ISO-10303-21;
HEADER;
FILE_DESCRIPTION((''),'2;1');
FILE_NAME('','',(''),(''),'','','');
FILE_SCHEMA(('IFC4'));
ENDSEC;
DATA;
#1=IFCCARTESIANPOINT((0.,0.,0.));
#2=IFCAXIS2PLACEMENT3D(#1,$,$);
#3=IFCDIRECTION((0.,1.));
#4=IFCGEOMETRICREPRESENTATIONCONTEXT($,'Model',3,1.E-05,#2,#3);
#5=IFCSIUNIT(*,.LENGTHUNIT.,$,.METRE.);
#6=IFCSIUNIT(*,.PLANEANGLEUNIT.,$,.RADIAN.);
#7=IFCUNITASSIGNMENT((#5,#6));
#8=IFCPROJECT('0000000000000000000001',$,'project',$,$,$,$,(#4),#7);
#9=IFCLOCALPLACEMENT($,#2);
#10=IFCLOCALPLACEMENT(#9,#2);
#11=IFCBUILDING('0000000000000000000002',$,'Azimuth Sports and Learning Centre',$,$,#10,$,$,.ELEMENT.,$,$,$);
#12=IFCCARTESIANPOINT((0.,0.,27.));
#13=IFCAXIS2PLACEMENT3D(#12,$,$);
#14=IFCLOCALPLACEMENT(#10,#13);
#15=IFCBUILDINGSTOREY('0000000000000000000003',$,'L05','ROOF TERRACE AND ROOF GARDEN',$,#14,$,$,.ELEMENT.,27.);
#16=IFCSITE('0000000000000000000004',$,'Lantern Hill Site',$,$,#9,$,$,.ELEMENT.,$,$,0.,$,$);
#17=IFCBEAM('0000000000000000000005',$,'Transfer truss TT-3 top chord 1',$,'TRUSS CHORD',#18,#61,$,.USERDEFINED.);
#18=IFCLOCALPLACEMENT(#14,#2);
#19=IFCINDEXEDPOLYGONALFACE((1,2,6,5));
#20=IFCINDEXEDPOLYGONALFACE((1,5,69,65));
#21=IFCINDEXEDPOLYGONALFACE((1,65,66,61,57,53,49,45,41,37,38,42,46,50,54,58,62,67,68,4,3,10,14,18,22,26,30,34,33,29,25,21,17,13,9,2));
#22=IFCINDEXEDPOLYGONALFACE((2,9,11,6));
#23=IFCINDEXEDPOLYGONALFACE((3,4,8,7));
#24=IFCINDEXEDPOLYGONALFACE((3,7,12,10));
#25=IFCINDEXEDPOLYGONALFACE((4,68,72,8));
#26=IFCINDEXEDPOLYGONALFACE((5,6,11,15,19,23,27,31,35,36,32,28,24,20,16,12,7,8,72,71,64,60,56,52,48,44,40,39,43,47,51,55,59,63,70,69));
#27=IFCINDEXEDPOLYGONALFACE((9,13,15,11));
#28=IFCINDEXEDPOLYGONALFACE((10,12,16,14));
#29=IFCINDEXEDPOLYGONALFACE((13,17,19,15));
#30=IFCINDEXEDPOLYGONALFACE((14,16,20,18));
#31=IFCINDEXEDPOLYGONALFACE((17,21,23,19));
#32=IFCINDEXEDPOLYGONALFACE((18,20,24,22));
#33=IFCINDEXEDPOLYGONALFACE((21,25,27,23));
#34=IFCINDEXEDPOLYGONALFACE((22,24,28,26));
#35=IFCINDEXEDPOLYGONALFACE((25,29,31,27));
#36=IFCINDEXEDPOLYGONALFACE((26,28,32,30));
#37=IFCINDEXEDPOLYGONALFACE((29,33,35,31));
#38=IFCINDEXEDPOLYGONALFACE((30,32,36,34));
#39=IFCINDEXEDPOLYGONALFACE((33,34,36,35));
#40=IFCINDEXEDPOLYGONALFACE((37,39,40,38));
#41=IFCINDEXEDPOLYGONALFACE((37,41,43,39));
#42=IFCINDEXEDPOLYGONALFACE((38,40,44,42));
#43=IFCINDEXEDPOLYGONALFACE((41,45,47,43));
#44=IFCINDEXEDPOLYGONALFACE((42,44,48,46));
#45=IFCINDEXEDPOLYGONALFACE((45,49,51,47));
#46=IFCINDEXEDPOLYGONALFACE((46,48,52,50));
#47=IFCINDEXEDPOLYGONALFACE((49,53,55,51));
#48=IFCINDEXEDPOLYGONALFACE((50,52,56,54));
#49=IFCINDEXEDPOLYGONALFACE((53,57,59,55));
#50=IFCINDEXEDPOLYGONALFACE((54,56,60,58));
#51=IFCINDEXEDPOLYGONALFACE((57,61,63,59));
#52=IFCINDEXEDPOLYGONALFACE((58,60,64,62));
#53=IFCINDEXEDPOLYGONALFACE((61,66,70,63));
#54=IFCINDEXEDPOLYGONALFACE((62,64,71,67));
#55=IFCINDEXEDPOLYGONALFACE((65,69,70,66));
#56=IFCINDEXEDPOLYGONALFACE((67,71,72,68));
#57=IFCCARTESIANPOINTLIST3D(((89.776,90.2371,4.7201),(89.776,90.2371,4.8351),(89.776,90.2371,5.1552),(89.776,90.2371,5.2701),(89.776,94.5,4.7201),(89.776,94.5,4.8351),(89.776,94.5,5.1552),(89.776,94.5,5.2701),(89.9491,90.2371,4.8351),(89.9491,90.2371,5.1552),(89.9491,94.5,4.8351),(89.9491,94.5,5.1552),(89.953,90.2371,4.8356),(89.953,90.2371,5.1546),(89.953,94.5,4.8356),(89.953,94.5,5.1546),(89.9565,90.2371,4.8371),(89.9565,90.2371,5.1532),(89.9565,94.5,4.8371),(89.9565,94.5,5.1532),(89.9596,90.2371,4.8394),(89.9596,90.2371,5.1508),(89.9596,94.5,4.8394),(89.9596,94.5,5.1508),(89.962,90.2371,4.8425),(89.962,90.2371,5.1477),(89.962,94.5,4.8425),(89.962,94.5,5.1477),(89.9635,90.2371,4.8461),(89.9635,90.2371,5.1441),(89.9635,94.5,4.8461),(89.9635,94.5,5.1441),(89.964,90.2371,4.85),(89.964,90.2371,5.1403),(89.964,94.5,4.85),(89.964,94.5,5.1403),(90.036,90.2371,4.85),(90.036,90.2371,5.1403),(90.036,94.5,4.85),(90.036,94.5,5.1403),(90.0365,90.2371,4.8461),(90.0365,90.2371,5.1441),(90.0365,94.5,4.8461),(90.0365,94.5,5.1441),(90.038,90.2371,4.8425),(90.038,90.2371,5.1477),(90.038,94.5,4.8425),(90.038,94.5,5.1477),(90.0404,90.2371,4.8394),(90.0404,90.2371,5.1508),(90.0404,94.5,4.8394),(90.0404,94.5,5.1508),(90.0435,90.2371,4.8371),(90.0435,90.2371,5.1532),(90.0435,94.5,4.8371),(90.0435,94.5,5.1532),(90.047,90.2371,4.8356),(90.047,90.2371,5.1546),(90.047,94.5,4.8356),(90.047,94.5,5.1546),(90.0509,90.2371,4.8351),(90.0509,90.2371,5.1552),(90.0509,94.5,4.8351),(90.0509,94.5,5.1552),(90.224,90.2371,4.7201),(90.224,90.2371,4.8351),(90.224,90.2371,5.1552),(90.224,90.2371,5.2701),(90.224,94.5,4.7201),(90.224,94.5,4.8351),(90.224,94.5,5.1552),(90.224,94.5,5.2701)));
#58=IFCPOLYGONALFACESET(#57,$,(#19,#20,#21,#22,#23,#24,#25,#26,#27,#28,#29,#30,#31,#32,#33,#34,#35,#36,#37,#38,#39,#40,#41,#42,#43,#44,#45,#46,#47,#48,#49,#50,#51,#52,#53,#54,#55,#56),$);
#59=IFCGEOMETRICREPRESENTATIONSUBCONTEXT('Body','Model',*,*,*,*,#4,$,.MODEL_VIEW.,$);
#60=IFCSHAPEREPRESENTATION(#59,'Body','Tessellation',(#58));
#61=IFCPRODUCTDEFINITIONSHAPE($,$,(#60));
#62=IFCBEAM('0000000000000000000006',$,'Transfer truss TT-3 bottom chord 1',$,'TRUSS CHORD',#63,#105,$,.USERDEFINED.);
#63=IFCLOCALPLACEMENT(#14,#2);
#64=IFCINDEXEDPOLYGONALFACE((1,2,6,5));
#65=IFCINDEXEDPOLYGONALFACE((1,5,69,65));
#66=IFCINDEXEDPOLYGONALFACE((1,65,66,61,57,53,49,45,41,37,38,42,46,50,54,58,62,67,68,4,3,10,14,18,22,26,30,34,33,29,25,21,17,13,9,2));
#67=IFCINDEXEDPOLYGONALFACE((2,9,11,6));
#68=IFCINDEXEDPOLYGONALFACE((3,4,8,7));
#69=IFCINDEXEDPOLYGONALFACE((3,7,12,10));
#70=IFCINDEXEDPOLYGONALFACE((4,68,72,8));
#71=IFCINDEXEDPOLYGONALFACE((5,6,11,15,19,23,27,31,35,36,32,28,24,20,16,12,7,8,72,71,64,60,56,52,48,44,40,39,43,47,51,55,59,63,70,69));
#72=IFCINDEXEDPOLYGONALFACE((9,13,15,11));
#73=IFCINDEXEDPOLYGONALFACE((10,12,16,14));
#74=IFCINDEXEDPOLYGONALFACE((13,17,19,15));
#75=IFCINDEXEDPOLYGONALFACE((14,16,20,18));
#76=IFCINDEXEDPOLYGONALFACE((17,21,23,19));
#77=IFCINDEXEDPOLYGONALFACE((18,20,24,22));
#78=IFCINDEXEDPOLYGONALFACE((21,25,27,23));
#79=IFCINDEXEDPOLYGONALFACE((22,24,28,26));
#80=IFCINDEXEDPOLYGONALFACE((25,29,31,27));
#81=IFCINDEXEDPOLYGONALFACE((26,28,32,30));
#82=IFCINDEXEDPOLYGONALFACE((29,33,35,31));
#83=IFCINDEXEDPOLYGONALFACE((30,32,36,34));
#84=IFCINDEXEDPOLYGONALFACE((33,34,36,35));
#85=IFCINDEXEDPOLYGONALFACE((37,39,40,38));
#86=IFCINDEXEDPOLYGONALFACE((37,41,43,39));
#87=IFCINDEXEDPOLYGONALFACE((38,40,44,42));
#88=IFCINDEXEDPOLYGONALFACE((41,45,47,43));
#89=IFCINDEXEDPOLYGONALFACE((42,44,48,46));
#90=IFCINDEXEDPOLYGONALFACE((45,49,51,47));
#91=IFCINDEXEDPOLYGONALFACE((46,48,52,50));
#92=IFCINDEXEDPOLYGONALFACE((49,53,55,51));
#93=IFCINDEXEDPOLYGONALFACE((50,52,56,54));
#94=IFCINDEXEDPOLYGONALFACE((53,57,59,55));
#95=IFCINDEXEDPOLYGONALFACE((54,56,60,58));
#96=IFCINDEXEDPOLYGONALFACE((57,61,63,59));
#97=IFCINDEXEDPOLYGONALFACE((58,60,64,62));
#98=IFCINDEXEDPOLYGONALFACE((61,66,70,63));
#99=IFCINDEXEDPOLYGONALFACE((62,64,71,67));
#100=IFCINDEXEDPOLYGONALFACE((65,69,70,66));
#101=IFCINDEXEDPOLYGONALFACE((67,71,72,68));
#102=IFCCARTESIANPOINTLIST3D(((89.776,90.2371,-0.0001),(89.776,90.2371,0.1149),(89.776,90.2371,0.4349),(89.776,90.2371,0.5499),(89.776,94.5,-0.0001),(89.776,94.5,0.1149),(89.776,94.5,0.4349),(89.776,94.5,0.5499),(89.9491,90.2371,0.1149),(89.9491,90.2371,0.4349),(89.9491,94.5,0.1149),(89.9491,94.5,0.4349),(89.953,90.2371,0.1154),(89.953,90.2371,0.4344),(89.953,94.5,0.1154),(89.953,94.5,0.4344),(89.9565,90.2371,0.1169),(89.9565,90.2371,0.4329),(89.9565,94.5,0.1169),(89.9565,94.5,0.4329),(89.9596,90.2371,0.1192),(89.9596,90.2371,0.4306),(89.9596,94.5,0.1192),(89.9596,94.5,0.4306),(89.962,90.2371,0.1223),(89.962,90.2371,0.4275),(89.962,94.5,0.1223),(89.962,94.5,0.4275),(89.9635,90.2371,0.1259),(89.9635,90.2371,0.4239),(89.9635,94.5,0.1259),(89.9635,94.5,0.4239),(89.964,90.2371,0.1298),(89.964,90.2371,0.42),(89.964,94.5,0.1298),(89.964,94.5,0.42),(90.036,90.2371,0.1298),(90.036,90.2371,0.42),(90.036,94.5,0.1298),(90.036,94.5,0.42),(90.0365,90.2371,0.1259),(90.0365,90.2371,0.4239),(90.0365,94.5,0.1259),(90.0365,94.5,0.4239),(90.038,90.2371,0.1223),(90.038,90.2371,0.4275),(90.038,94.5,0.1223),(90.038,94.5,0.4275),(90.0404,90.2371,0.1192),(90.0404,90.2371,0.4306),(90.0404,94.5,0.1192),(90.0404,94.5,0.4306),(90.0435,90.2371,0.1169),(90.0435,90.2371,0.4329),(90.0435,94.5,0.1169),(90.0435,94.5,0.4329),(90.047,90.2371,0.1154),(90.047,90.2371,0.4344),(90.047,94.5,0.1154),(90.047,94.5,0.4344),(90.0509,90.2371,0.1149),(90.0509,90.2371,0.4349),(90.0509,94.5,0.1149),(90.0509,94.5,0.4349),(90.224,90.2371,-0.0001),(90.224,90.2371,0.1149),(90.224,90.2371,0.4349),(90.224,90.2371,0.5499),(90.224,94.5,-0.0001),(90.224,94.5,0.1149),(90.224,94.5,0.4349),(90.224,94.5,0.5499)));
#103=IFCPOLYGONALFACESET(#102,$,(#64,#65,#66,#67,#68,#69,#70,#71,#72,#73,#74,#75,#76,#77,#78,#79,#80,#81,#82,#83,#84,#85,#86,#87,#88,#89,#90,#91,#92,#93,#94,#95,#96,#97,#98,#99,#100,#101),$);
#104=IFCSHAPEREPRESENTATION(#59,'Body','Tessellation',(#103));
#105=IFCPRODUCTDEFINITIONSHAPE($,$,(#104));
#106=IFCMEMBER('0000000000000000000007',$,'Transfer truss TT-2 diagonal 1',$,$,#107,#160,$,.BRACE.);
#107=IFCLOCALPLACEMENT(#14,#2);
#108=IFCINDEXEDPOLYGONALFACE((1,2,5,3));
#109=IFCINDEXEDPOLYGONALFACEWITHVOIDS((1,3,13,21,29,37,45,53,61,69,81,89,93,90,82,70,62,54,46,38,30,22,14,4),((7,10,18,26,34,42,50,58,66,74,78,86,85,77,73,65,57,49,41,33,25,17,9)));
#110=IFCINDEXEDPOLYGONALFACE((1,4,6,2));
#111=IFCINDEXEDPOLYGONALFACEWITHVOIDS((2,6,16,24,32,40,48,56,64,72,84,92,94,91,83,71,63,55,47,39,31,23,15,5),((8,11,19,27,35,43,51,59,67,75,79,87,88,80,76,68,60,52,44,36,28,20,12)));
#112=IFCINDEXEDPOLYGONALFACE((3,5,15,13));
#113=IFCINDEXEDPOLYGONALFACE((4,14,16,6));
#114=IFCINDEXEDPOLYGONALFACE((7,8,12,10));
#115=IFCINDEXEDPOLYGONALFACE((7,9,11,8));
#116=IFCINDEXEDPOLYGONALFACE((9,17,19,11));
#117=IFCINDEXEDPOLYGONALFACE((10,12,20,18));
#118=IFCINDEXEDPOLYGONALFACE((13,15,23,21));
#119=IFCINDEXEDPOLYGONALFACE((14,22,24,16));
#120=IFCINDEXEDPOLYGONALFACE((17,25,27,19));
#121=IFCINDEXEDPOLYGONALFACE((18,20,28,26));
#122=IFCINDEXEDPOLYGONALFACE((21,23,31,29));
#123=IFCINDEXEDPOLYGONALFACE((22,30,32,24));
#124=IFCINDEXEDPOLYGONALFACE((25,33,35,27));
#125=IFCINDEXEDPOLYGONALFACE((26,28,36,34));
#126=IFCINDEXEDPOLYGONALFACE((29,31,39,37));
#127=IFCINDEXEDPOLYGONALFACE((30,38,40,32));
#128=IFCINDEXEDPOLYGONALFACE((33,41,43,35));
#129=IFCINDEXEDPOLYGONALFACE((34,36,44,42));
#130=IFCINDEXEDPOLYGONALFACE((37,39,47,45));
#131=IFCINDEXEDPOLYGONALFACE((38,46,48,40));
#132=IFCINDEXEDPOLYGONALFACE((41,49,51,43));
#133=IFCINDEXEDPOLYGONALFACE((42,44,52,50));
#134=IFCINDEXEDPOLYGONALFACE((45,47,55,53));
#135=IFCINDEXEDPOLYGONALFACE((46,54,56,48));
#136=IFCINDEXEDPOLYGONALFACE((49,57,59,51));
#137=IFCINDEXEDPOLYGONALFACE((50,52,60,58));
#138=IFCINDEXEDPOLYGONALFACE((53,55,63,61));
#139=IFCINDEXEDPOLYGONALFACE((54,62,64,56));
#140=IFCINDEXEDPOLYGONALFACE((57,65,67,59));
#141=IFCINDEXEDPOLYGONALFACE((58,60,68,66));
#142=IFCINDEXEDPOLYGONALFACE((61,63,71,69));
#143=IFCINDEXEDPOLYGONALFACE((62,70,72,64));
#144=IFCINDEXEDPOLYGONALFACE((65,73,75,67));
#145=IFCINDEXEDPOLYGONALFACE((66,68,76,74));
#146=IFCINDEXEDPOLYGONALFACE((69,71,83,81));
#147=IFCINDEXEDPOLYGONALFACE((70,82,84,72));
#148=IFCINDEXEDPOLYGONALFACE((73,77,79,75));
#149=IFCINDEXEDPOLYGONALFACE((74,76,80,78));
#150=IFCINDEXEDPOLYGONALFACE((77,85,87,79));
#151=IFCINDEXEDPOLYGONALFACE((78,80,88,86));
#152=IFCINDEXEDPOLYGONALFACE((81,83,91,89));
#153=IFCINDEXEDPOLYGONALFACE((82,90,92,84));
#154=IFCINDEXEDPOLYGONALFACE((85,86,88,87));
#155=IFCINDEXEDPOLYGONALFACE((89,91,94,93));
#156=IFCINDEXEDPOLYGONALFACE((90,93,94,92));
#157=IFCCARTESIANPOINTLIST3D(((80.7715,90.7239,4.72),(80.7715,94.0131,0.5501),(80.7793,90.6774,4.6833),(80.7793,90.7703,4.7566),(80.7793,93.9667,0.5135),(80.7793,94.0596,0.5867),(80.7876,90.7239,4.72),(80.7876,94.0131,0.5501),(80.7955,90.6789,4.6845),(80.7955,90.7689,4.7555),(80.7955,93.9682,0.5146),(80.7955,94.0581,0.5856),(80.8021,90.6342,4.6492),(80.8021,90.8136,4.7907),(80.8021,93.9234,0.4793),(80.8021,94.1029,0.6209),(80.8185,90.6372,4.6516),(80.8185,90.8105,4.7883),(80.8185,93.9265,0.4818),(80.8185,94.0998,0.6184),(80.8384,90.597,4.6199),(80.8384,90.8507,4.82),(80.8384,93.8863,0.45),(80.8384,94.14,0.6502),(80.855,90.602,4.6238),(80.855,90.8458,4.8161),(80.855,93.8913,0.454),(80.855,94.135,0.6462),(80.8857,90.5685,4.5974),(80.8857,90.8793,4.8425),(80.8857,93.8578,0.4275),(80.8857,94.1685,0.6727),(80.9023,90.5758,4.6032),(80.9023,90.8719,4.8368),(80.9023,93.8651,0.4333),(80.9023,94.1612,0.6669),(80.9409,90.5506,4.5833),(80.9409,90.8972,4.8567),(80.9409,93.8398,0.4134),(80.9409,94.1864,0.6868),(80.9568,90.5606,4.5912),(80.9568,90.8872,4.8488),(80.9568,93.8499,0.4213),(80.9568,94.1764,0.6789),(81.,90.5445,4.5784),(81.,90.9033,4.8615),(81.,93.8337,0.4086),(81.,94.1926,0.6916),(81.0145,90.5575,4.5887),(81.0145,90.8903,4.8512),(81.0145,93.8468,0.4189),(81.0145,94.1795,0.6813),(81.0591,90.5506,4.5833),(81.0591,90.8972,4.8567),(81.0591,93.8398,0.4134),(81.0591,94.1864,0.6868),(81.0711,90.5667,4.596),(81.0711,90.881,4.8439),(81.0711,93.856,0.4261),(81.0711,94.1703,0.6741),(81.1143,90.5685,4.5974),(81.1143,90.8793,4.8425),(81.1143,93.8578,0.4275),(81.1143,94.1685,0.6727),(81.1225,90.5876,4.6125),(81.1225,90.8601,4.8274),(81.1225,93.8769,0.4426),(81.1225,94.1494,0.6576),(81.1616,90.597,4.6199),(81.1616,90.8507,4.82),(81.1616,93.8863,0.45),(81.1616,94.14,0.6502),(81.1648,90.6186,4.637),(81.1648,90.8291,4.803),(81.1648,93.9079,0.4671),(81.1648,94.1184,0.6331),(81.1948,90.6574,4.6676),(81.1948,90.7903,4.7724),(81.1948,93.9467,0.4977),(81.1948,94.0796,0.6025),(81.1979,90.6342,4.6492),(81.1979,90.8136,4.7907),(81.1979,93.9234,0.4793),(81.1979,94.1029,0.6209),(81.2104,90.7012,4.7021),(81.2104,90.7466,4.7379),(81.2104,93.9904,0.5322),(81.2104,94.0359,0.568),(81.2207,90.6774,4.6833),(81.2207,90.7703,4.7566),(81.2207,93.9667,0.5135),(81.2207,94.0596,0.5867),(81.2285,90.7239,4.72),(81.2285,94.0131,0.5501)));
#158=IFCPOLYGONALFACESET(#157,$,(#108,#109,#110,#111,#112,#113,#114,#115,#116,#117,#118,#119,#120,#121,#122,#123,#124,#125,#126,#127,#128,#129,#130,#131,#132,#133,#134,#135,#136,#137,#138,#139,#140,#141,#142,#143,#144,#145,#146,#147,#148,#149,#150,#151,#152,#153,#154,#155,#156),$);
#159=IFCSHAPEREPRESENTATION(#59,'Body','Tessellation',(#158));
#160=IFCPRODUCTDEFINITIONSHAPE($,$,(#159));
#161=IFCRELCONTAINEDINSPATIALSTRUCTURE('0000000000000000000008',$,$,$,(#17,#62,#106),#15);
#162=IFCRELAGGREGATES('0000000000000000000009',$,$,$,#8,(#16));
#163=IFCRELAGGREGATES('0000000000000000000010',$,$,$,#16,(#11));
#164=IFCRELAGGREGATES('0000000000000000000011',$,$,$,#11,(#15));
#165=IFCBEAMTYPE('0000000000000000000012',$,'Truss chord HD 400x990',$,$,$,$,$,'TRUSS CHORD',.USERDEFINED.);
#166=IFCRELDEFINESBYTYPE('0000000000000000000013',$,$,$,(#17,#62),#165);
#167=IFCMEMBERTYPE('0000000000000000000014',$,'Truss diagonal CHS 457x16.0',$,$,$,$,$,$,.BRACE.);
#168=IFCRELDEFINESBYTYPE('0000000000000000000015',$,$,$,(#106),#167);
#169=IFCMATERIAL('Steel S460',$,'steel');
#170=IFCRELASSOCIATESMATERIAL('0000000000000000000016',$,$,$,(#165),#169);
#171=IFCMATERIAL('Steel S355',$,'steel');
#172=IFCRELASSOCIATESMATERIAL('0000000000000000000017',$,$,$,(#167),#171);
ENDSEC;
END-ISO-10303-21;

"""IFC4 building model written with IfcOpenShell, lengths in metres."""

from ifc_helpers import new_model, si_unit, direction, frame, origin, origin_2d, place, context, subcontext, project, spatial, hollow_circle, i_section, extrude, material, material_profile, profile_set, type_object, element, save


model = new_model("IFC4")

# Units and contexts
model_context = context("Model", 3, precision=1e-05, world=origin(), true_north=direction((0.0, 1.0)))
body_context = subcontext(model_context, "Body", "Model", "MODEL_VIEW")
ifc_project = project(units=[si_unit("LENGTHUNIT", "METRE"), si_unit("PLANEANGLEUNIT", "RADIAN")], contexts=[model_context])

# Site, building, storey
site_placement = place(None, origin())
site = spatial("IfcSite", under=ifc_project, at=site_placement, Name="Lantern Hill Site", CompositionType="ELEMENT", RefElevation=0.0)
building_placement = place(site_placement, origin())
building = spatial("IfcBuilding", under=site, at=building_placement, Name="Azimuth Sports and Learning Centre", CompositionType="ELEMENT")
storey_placement = place(building_placement, frame((0.0, 0.0, 27.0)))
storey = spatial("IfcBuildingStorey", under=building, at=storey_placement, Name="L05", Description="ROOF TERRACE AND ROOF GARDEN", CompositionType="ELEMENT", Elevation=27.0)

# Beams
ifc_material_1 = material(Name="Steel S460", Category="steel")
ifc_material_profile_1 = material_profile(ifc_material_1, i_section(OverallWidth=0.448, OverallDepth=0.55, WebThickness=0.072, FlangeThickness=0.115, FilletRadius=0.0149, at=origin_2d()), Name="HD 400x990")
ifc_profile_set_1 = profile_set([ifc_material_profile_1], Name="Steel S460")
beam_type_1 = type_object("IfcBeamType", Name="Truss chord HD 400x990", ElementType="TRUSS CHORD", PredefinedType="USERDEFINED", material=ifc_profile_set_1)
for number, where, z_axis, x_axis, name in (
    (1, (90.0, 90.2371, 4.9951), (0.0, 1.0, 0.0), (-1.0, 0.0, 0.0), "Transfer truss TT-3 top chord 1"),
    (2, (90.0, 90.2371, 0.2749), (0.0, 1.0, 0.0), (-1.0, 0.0, 0.0), "Transfer truss TT-3 bottom chord 1"),
):
    element("IfcBeam", number, at=place(storey_placement, frame(where, z_axis=z_axis, x_axis=x_axis)), inside=storey, type_object=beam_type_1, Name=name, ObjectType="TRUSS CHORD", PredefinedType="USERDEFINED", context=body_context, shape_type="SweptSolid", body=[
        extrude(i_section(OverallWidth=0.448, OverallDepth=0.55, WebThickness=0.072, FlangeThickness=0.115, FilletRadius=0.0149, at=origin_2d()), origin(), (0.0, 0.0, 1.0), 4.2629),
    ])

# Member
ifc_material_2 = material(Name="Steel S355", Category="steel")
ifc_material_profile_2 = material_profile(ifc_material_2, hollow_circle(Radius=0.2285, WallThickness=0.0161, at=origin_2d()), Name="CHS 457x16.0")
ifc_profile_set_2 = profile_set([ifc_material_profile_2], Name="Steel S355")
member_type_1 = type_object("IfcMemberType", Name="Truss diagonal CHS 457x16.0", PredefinedType="BRACE", material=ifc_profile_set_2)
for number, where, z_axis, x_axis, name in (
    (3, (81.0, 90.7239, 4.72), (0.0, 0.619327, -0.785133), (-1.0, 0.0, 0.0), "Transfer truss TT-2 diagonal 1"),
):
    element("IfcMember", number, at=place(storey_placement, frame(where, z_axis=z_axis, x_axis=x_axis)), inside=storey, type_object=member_type_1, Name=name, PredefinedType="BRACE", context=body_context, shape_type="SweptSolid", body=[
        extrude(hollow_circle(Radius=0.2285, WallThickness=0.0161, at=origin_2d()), origin(), (0.0, 0.0, 1.0), 5.311),
    ])

save(model, "model.ifc")
